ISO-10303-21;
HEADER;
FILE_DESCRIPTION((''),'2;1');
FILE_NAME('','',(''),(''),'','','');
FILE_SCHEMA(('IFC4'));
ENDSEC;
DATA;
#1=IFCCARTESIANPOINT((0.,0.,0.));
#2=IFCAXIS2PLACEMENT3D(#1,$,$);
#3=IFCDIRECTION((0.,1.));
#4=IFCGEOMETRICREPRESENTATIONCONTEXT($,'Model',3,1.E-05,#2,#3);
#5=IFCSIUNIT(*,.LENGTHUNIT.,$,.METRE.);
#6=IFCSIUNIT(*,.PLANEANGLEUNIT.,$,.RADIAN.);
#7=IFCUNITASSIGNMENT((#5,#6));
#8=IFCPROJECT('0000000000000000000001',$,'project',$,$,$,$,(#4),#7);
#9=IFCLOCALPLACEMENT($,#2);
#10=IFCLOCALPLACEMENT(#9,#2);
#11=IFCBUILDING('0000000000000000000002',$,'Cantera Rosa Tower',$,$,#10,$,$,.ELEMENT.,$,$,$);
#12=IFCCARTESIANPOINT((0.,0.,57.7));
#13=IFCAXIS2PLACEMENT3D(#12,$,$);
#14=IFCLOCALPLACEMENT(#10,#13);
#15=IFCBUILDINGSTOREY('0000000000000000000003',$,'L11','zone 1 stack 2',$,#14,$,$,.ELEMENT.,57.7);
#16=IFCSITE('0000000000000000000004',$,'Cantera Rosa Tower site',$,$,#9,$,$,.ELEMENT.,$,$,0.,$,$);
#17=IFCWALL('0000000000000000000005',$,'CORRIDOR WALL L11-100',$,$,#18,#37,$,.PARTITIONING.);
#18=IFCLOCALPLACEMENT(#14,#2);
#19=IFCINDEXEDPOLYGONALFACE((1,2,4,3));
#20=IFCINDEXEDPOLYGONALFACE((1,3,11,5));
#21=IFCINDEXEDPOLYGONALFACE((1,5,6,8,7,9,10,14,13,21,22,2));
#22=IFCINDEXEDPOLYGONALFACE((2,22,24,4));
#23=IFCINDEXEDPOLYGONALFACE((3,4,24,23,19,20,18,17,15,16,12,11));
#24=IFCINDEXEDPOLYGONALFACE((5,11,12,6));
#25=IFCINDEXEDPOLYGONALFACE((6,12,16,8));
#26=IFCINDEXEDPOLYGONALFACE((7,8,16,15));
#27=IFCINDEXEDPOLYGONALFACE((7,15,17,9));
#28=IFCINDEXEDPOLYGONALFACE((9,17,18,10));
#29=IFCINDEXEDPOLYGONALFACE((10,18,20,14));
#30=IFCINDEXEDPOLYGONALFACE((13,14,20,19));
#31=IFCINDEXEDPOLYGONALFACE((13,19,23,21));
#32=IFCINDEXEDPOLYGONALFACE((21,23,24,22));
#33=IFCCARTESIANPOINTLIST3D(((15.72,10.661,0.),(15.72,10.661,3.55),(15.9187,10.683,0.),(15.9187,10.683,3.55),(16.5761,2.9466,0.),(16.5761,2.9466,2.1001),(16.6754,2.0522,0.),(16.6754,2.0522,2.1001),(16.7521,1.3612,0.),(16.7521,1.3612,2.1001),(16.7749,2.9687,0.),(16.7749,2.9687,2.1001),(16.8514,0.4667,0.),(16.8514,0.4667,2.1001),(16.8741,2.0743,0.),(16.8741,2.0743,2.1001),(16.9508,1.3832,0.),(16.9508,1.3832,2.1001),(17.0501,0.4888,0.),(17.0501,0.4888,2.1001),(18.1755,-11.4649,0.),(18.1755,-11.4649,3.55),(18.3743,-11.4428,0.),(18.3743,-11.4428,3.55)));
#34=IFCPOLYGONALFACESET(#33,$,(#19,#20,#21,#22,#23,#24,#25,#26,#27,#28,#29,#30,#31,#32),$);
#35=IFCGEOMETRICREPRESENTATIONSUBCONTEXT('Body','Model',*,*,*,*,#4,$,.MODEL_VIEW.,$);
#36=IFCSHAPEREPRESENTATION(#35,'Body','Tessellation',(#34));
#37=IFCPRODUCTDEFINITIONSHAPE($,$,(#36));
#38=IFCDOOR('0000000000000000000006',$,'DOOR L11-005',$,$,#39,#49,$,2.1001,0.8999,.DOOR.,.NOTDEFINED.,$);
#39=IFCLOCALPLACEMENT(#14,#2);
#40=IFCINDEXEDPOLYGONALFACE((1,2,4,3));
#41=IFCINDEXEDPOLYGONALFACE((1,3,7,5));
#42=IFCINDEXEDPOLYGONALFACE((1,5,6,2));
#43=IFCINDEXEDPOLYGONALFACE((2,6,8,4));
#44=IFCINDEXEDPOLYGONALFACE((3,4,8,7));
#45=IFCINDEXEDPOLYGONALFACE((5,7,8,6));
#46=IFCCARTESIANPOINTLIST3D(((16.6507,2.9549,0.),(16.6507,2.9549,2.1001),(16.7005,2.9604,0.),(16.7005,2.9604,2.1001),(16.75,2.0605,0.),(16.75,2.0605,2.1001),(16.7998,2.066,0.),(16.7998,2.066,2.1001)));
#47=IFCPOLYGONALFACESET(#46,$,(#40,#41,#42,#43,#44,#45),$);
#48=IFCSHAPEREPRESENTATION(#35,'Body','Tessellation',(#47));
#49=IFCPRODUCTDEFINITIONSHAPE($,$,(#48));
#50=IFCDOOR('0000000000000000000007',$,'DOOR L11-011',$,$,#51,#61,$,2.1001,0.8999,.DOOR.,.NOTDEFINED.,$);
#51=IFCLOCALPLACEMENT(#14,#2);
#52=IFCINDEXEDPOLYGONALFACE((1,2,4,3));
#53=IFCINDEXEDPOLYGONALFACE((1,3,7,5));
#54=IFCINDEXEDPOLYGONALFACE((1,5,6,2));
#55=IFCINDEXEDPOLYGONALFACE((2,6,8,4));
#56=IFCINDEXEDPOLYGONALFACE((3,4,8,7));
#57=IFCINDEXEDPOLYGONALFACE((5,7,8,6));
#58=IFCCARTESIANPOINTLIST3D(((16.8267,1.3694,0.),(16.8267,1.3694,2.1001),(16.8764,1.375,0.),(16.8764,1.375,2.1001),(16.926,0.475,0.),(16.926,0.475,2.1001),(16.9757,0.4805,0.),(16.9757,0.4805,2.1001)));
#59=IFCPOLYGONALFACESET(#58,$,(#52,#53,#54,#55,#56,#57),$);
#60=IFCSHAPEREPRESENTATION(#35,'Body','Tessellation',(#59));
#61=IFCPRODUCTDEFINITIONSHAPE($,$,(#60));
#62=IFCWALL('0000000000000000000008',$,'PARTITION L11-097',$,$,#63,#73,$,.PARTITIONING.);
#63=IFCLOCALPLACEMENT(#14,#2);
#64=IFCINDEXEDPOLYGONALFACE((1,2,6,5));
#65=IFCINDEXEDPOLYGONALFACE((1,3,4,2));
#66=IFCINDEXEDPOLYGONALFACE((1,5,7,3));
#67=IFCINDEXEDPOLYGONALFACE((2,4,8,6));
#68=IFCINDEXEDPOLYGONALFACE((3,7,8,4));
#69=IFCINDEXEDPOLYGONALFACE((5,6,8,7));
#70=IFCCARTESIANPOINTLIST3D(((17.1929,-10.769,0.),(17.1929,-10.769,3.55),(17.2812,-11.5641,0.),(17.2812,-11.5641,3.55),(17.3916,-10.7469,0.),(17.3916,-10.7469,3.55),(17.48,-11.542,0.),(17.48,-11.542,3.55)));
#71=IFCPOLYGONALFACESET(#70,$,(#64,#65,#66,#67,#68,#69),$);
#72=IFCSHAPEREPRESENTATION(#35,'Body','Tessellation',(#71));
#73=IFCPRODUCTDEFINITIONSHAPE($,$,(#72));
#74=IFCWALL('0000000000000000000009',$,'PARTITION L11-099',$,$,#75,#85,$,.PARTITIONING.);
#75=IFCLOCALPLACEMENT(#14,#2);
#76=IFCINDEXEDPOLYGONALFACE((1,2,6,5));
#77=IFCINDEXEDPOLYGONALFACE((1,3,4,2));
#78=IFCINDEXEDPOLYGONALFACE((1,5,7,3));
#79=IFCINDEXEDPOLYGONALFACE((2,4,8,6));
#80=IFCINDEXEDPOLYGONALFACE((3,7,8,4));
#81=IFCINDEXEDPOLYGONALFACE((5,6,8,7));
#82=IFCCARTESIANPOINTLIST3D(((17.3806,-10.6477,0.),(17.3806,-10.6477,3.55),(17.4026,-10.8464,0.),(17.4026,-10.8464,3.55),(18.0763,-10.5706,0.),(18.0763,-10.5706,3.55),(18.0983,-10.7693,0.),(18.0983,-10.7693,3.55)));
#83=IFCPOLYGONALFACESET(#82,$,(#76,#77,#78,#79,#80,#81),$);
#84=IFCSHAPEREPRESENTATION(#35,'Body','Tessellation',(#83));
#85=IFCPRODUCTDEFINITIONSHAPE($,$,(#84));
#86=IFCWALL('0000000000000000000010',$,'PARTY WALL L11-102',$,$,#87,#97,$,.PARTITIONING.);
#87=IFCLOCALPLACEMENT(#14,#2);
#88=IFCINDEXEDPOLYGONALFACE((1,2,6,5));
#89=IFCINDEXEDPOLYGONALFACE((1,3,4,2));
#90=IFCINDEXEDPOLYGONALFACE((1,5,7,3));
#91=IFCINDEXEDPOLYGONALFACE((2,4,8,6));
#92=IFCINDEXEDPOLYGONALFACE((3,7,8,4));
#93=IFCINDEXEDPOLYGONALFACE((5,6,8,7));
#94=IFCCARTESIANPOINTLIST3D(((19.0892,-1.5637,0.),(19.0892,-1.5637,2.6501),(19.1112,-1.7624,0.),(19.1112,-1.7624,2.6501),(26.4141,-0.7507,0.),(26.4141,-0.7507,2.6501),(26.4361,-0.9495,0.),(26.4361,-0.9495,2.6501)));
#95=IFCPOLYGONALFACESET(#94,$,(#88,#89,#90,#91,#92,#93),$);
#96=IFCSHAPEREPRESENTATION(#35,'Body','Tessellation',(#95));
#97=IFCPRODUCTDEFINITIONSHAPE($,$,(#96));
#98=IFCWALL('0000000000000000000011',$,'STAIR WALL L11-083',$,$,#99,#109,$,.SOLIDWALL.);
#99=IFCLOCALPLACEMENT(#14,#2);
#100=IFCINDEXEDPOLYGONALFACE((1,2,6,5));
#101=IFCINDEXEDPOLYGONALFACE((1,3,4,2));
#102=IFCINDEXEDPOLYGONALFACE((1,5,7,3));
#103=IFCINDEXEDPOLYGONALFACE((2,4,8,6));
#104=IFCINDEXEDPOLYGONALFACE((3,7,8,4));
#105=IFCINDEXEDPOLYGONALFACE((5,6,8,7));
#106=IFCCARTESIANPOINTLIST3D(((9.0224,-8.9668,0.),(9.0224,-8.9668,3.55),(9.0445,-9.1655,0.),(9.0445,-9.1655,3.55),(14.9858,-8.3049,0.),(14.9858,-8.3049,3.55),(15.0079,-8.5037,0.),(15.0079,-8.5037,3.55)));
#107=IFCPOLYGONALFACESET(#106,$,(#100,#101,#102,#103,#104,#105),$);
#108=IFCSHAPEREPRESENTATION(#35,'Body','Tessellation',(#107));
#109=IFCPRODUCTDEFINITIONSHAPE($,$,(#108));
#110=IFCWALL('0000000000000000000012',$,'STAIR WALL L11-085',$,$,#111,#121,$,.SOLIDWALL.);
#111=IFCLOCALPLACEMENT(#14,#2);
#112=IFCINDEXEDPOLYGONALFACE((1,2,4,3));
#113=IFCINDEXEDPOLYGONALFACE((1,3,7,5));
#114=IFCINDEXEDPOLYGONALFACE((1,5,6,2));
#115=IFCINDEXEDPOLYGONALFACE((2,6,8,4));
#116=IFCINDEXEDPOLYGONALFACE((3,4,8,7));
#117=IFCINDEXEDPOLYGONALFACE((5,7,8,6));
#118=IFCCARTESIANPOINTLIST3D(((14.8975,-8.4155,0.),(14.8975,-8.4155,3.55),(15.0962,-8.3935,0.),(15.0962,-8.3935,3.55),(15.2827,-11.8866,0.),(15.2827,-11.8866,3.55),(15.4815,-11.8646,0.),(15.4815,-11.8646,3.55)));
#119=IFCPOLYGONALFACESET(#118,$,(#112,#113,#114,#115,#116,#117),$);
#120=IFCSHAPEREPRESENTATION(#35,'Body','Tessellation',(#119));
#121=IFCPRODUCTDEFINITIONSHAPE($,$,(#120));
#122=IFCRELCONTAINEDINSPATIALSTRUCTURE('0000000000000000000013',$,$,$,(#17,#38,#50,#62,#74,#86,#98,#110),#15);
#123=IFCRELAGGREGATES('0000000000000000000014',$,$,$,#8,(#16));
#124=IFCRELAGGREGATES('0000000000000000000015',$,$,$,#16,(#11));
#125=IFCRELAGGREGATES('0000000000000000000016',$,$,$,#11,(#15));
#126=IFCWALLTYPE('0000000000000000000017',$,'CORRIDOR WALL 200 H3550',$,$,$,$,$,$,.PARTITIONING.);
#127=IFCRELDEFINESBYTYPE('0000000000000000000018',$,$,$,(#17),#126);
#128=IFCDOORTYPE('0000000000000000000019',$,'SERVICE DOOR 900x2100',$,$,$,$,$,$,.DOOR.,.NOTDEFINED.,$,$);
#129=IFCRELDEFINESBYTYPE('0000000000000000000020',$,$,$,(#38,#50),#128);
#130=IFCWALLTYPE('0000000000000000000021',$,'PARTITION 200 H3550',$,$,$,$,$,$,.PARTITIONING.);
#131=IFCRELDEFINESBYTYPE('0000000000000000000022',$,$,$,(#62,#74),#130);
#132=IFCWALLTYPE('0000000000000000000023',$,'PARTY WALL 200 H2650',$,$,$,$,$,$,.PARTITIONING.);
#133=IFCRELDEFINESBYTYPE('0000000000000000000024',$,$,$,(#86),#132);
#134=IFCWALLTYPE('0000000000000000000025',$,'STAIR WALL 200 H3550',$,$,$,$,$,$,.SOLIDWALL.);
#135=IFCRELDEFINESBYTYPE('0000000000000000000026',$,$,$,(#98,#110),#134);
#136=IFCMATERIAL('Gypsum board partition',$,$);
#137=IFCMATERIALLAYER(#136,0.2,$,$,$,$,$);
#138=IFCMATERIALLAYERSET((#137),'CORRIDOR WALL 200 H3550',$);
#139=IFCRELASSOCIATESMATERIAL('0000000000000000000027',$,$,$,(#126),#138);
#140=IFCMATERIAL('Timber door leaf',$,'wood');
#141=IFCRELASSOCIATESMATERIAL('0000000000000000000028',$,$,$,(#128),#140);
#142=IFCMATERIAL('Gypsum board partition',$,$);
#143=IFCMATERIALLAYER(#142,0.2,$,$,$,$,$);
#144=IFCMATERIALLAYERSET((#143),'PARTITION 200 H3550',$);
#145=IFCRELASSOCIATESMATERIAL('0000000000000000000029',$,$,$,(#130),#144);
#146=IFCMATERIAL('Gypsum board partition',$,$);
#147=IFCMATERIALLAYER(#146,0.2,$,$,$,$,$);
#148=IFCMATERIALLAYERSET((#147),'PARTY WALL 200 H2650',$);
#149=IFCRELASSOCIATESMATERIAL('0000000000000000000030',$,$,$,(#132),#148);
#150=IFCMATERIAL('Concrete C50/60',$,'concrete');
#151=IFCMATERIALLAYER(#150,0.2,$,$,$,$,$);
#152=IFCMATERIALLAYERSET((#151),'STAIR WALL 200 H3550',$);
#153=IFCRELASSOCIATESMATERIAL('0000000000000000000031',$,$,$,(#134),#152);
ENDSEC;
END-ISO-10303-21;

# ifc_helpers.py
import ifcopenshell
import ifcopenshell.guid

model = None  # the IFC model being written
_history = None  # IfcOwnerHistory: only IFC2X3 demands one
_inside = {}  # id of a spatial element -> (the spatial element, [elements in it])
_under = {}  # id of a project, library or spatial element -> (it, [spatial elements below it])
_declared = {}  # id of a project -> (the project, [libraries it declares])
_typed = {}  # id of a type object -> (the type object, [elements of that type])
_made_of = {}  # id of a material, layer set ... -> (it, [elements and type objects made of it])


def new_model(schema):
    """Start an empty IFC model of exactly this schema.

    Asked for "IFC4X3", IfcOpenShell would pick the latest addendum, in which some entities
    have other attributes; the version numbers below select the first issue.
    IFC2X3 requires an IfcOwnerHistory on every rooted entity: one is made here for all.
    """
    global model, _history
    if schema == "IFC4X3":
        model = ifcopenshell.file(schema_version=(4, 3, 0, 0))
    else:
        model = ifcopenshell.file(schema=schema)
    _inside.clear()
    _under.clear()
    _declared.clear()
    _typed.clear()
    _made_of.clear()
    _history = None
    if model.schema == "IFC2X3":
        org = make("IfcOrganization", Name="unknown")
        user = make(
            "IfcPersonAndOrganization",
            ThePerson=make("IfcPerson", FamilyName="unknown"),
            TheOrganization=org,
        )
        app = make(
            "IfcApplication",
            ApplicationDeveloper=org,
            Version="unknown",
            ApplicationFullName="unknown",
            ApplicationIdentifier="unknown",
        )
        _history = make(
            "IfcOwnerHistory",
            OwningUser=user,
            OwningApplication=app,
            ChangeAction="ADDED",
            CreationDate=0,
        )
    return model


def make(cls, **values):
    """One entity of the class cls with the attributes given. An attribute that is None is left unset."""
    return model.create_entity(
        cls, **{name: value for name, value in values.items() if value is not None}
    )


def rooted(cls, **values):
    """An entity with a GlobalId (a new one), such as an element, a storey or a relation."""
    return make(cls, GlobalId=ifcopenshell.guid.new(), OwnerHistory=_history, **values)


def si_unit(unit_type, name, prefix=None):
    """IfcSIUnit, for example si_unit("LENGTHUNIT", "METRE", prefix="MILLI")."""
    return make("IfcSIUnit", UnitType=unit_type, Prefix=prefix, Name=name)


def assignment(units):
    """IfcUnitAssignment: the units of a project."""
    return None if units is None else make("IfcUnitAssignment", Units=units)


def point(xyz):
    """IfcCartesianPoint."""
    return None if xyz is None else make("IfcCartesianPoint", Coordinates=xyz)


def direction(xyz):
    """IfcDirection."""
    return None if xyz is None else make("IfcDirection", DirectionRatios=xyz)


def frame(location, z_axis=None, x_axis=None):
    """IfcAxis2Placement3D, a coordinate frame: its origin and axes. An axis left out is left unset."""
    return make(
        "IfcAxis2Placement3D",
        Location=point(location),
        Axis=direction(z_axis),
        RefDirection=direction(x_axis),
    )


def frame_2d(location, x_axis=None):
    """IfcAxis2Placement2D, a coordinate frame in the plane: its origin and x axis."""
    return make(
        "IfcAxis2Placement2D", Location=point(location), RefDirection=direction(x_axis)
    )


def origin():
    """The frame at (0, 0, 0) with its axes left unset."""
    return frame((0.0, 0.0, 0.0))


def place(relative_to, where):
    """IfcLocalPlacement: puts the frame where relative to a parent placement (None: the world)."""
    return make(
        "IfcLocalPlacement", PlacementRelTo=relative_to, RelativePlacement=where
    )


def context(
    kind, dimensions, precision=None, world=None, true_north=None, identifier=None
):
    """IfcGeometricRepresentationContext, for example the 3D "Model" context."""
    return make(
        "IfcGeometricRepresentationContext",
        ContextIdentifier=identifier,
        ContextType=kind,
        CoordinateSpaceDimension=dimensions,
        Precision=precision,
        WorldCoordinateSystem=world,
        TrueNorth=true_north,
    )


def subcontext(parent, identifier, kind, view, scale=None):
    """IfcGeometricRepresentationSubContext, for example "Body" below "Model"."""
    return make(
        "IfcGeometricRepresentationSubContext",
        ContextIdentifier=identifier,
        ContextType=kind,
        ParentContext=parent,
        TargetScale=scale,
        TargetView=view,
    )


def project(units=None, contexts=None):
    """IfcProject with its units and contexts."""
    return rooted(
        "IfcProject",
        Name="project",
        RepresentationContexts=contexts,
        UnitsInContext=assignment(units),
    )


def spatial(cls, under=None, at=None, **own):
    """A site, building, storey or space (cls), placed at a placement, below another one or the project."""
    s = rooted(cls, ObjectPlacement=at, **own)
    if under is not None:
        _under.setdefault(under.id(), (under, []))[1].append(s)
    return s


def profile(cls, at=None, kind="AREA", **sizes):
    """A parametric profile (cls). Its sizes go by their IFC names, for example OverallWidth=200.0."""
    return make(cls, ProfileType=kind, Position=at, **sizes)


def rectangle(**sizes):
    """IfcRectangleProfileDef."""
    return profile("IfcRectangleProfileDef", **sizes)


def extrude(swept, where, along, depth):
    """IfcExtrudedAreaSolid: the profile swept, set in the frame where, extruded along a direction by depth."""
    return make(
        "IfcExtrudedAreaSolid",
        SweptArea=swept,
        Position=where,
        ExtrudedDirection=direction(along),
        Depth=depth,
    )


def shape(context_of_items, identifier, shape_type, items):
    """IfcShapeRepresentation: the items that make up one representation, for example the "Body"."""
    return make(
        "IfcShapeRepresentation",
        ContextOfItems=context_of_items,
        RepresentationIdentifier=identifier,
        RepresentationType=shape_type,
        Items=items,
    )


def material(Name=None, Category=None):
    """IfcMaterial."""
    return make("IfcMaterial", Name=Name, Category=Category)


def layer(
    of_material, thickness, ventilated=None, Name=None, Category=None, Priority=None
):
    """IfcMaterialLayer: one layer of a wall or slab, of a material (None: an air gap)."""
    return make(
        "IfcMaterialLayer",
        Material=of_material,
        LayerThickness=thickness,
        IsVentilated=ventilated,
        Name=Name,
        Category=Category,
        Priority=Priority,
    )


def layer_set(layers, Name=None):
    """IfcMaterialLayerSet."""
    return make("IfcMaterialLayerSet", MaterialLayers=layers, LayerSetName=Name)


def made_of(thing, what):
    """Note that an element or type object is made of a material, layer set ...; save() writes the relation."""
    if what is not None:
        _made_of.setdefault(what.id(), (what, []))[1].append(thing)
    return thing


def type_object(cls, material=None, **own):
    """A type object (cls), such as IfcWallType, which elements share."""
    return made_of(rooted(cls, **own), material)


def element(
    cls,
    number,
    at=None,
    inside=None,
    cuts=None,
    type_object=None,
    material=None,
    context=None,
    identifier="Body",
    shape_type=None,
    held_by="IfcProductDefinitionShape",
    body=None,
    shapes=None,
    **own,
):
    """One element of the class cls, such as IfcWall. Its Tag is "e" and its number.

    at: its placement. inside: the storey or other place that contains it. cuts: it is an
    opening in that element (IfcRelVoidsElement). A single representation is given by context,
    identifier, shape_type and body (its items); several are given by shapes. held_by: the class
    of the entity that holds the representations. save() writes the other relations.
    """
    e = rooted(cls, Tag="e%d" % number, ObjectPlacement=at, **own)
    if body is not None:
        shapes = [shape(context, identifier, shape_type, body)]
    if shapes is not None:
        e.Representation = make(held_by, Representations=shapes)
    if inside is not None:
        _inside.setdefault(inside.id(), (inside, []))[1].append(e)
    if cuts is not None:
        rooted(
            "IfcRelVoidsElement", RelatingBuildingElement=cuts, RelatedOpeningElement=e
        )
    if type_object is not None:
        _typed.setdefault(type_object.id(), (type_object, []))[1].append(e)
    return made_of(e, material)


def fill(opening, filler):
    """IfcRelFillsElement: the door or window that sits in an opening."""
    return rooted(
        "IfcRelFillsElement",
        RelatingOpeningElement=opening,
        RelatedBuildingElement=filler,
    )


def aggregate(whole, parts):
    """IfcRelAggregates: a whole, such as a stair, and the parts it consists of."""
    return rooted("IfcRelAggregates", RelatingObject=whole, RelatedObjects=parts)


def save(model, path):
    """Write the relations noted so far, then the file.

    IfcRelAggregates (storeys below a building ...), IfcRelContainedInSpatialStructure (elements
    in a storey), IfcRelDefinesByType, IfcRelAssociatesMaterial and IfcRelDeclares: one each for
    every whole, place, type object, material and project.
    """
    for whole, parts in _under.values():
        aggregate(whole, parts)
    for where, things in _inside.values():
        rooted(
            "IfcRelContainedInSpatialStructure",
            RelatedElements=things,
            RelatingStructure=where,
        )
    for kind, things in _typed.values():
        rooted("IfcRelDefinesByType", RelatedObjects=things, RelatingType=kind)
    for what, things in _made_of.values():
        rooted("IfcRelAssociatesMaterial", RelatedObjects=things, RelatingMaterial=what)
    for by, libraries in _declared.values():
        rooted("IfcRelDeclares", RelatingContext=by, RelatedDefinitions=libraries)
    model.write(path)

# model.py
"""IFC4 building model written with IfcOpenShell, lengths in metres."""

from ifc_helpers import new_model, si_unit, direction, frame, frame_2d, origin, place, context, subcontext, project, spatial, rectangle, extrude, material, layer, layer_set, type_object, element, fill, save


model = new_model("IFC4")

# Units and contexts
model_context = context("Model", 3, precision=1e-05, world=origin(), true_north=direction((0.0, 1.0)))
body_context = subcontext(model_context, "Body", "Model", "MODEL_VIEW")
ifc_project = project(units=[si_unit("LENGTHUNIT", "METRE"), si_unit("PLANEANGLEUNIT", "RADIAN")], contexts=[model_context])

# Site, building, storey
site_placement = place(None, origin())
site = spatial("IfcSite", under=ifc_project, at=site_placement, Name="Cantera Rosa Tower site", CompositionType="ELEMENT", RefElevation=0.0)
building_placement = place(site_placement, origin())
building = spatial("IfcBuilding", under=site, at=building_placement, Name="Cantera Rosa Tower", CompositionType="ELEMENT")
storey_placement = place(building_placement, frame((0.0, 0.0, 57.7)))
storey = spatial("IfcBuildingStorey", under=building, at=storey_placement, Name="L11", Description="zone 1 stack 2", CompositionType="ELEMENT", Elevation=57.7)

# Shared definitions
ifc_material_1 = material(Name="Gypsum board partition")
ifc_layer_1 = layer(ifc_material_1, 0.2)
ifc_layer_set_1 = layer_set([ifc_layer_1], Name="CORRIDOR WALL 200 H3550")
wall_type_1 = type_object("IfcWallType", Name="CORRIDOR WALL 200 H3550", PredefinedType="PARTITIONING", material=ifc_layer_set_1)

# Wall, openings, doors
wall_1_placement = place(storey_placement, frame((18.2749, -11.4539, 0.0), z_axis=(0.0, 0.0, 1.0), x_axis=(-0.110304, 0.993898, 0.0)))
wall_1 = element("IfcWall", 1, at=wall_1_placement, inside=storey, type_object=wall_type_1, Name="CORRIDOR WALL L11-100", PredefinedType="PARTITIONING", context=body_context, shape_type="SweptSolid", body=[
    extrude(rectangle(XDim=22.2617, YDim=0.2, at=frame_2d((11.1309, 0.0))), origin(), (0.0, 0.0, 1.0), 3.55),
])
opening_1_placement = place(wall_1_placement, frame((13.6001, 0.0, 0.0)))
opening_1 = element("IfcOpeningElement", 2, at=opening_1_placement, cuts=wall_1, PredefinedType="OPENING", context=body_context, shape_type="SweptSolid", body=[
    extrude(rectangle(XDim=0.8999, YDim=2.1001, at=frame_2d((0.45, 1.05))), frame((0.0, 0.1099, 0.0), z_axis=(0.0, -1.0, 0.0), x_axis=(1.0, 0.0, 0.0)), (0.0, 0.0, 1.0), 0.22),
])
opening_2_placement = place(wall_1_placement, frame((12.0049, 0.0, 0.0)))
opening_2 = element("IfcOpeningElement", 3, at=opening_2_placement, cuts=wall_1, PredefinedType="OPENING", context=body_context, shape_type="SweptSolid", body=[
    extrude(rectangle(XDim=0.8999, YDim=2.1001, at=frame_2d((0.45, 1.05))), frame((0.0, 0.1099, 0.0), z_axis=(0.0, -1.0, 0.0), x_axis=(1.0, 0.0, 0.0)), (0.0, 0.0, 1.0), 0.22),
])
ifc_material_2 = material(Name="Timber door leaf", Category="wood")
door_type = type_object("IfcDoorType", Name="SERVICE DOOR 900x2100", OperationType="NOTDEFINED", PredefinedType="DOOR", material=ifc_material_2)
door_1_placement = place(opening_1_placement, origin())
door_1 = element("IfcDoor", 4, at=door_1_placement, inside=storey, type_object=door_type, Name="DOOR L11-005", OperationType="NOTDEFINED", OverallHeight=2.1001, OverallWidth=0.8999, PredefinedType="DOOR", context=body_context, shape_type="SweptSolid", body=[
    extrude(rectangle(XDim=0.8999, YDim=2.1001, at=frame_2d((0.45, 1.05))), frame((0.0, 0.0249, 0.0), z_axis=(0.0, -1.0, 0.0), x_axis=(1.0, 0.0, 0.0)), (0.0, 0.0, 1.0), 0.05),
])
fill(opening_1, door_1)
door_2_placement = place(opening_2_placement, origin())
door_2 = element("IfcDoor", 5, at=door_2_placement, inside=storey, type_object=door_type, Name="DOOR L11-011", OperationType="NOTDEFINED", OverallHeight=2.1001, OverallWidth=0.8999, PredefinedType="DOOR", context=body_context, shape_type="SweptSolid", body=[
    extrude(rectangle(XDim=0.8999, YDim=2.1001, at=frame_2d((0.45, 1.05))), frame((0.0, 0.0249, 0.0), z_axis=(0.0, -1.0, 0.0), x_axis=(1.0, 0.0, 0.0)), (0.0, 0.0, 1.0), 0.05),
])
fill(opening_2, door_2)

# Walls
ifc_material_3 = material(Name="Gypsum board partition")
ifc_layer_2 = layer(ifc_material_3, 0.2)
ifc_layer_set_2 = layer_set([ifc_layer_2], Name="PARTITION 200 H3550")
wall_type_2 = type_object("IfcWallType", Name="PARTITION 200 H3550", PredefinedType="PARTITIONING", material=ifc_layer_set_2)
wall_2_placement = place(storey_placement, frame((17.2922, -10.7581, 0.0), z_axis=(0.0, 0.0, 1.0), x_axis=(0.110465, -0.99388, 0.0)))
element("IfcWall", 6, at=wall_2_placement, inside=storey, type_object=wall_type_2, Name="PARTITION L11-097", PredefinedType="PARTITIONING", context=body_context, shape_type="SweptSolid", body=[
    extrude(rectangle(XDim=0.8, YDim=0.2, at=frame_2d((0.3999, 0.0))), origin(), (0.0, 0.0, 1.0), 3.55),
])
wall_3_placement = place(storey_placement, frame((18.0874, -10.6699, 0.0), z_axis=(0.0, 0.0, 1.0), x_axis=(-0.993909, -0.110202, 0.0)))
element("IfcWall", 7, at=wall_3_placement, inside=storey, type_object=wall_type_2, Name="PARTITION L11-099", PredefinedType="PARTITIONING", context=body_context, shape_type="SweptSolid", body=[
    extrude(rectangle(XDim=0.7, YDim=0.2, at=frame_2d((0.3501, 0.0))), origin(), (0.0, 0.0, 1.0), 3.55),
])
ifc_material_4 = material(Name="Gypsum board partition")
ifc_layer_3 = layer(ifc_material_4, 0.2)
ifc_layer_set_3 = layer_set([ifc_layer_3], Name="PARTY WALL 200 H2650")
wall_type_3 = type_object("IfcWallType", Name="PARTY WALL 200 H2650", PredefinedType="PARTITIONING", material=ifc_layer_set_3)
wall_4_placement = place(storey_placement, frame((19.1001, -1.6631, 0.0), z_axis=(0.0, 0.0, 1.0), x_axis=(0.993897, 0.110312, 0.0)))
element("IfcWall", 8, at=wall_4_placement, inside=storey, type_object=wall_type_3, Name="PARTY WALL L11-102", PredefinedType="PARTITIONING", context=body_context, shape_type="SweptSolid", body=[
    extrude(rectangle(XDim=7.3699, YDim=0.2, at=frame_2d((3.6851, 0.0))), origin(), (0.0, 0.0, 1.0), 2.6501),
])
ifc_material_5 = material(Name="Concrete C50/60", Category="concrete")
ifc_layer_4 = layer(ifc_material_5, 0.2)
ifc_layer_set_4 = layer_set([ifc_layer_4], Name="STAIR WALL 200 H3550")
wall_type_4 = type_object("IfcWallType", Name="STAIR WALL 200 H3550", PredefinedType="SOLIDWALL", material=ifc_layer_set_4)
wall_5_placement = place(storey_placement, frame((14.9968, -8.4043, 0.0), z_axis=(0.0, 0.0, 1.0), x_axis=(-0.993897, -0.110311, 0.0)))
element("IfcWall", 9, at=wall_5_placement, inside=storey, type_object=wall_type_4, Name="STAIR WALL L11-083", PredefinedType="SOLIDWALL", context=body_context, shape_type="SweptSolid", body=[
    extrude(rectangle(XDim=6.0, YDim=0.2, at=frame_2d((3.0, 0.0))), origin(), (0.0, 0.0, 1.0), 3.55),
])
wall_6_placement = place(storey_placement, frame((15.3821, -11.8755, 0.0), z_axis=(0.0, 0.0, 1.0), x_axis=(-0.110309, 0.993897, 0.0)))
element("IfcWall", 10, at=wall_6_placement, inside=storey, type_object=wall_type_4, Name="STAIR WALL L11-085", PredefinedType="SOLIDWALL", context=body_context, shape_type="SweptSolid", body=[
    extrude(rectangle(XDim=3.4924, YDim=0.2, at=frame_2d((1.7461, 0.0))), origin(), (0.0, 0.0, 1.0), 3.55),
])

save(model, "model.ifc")
